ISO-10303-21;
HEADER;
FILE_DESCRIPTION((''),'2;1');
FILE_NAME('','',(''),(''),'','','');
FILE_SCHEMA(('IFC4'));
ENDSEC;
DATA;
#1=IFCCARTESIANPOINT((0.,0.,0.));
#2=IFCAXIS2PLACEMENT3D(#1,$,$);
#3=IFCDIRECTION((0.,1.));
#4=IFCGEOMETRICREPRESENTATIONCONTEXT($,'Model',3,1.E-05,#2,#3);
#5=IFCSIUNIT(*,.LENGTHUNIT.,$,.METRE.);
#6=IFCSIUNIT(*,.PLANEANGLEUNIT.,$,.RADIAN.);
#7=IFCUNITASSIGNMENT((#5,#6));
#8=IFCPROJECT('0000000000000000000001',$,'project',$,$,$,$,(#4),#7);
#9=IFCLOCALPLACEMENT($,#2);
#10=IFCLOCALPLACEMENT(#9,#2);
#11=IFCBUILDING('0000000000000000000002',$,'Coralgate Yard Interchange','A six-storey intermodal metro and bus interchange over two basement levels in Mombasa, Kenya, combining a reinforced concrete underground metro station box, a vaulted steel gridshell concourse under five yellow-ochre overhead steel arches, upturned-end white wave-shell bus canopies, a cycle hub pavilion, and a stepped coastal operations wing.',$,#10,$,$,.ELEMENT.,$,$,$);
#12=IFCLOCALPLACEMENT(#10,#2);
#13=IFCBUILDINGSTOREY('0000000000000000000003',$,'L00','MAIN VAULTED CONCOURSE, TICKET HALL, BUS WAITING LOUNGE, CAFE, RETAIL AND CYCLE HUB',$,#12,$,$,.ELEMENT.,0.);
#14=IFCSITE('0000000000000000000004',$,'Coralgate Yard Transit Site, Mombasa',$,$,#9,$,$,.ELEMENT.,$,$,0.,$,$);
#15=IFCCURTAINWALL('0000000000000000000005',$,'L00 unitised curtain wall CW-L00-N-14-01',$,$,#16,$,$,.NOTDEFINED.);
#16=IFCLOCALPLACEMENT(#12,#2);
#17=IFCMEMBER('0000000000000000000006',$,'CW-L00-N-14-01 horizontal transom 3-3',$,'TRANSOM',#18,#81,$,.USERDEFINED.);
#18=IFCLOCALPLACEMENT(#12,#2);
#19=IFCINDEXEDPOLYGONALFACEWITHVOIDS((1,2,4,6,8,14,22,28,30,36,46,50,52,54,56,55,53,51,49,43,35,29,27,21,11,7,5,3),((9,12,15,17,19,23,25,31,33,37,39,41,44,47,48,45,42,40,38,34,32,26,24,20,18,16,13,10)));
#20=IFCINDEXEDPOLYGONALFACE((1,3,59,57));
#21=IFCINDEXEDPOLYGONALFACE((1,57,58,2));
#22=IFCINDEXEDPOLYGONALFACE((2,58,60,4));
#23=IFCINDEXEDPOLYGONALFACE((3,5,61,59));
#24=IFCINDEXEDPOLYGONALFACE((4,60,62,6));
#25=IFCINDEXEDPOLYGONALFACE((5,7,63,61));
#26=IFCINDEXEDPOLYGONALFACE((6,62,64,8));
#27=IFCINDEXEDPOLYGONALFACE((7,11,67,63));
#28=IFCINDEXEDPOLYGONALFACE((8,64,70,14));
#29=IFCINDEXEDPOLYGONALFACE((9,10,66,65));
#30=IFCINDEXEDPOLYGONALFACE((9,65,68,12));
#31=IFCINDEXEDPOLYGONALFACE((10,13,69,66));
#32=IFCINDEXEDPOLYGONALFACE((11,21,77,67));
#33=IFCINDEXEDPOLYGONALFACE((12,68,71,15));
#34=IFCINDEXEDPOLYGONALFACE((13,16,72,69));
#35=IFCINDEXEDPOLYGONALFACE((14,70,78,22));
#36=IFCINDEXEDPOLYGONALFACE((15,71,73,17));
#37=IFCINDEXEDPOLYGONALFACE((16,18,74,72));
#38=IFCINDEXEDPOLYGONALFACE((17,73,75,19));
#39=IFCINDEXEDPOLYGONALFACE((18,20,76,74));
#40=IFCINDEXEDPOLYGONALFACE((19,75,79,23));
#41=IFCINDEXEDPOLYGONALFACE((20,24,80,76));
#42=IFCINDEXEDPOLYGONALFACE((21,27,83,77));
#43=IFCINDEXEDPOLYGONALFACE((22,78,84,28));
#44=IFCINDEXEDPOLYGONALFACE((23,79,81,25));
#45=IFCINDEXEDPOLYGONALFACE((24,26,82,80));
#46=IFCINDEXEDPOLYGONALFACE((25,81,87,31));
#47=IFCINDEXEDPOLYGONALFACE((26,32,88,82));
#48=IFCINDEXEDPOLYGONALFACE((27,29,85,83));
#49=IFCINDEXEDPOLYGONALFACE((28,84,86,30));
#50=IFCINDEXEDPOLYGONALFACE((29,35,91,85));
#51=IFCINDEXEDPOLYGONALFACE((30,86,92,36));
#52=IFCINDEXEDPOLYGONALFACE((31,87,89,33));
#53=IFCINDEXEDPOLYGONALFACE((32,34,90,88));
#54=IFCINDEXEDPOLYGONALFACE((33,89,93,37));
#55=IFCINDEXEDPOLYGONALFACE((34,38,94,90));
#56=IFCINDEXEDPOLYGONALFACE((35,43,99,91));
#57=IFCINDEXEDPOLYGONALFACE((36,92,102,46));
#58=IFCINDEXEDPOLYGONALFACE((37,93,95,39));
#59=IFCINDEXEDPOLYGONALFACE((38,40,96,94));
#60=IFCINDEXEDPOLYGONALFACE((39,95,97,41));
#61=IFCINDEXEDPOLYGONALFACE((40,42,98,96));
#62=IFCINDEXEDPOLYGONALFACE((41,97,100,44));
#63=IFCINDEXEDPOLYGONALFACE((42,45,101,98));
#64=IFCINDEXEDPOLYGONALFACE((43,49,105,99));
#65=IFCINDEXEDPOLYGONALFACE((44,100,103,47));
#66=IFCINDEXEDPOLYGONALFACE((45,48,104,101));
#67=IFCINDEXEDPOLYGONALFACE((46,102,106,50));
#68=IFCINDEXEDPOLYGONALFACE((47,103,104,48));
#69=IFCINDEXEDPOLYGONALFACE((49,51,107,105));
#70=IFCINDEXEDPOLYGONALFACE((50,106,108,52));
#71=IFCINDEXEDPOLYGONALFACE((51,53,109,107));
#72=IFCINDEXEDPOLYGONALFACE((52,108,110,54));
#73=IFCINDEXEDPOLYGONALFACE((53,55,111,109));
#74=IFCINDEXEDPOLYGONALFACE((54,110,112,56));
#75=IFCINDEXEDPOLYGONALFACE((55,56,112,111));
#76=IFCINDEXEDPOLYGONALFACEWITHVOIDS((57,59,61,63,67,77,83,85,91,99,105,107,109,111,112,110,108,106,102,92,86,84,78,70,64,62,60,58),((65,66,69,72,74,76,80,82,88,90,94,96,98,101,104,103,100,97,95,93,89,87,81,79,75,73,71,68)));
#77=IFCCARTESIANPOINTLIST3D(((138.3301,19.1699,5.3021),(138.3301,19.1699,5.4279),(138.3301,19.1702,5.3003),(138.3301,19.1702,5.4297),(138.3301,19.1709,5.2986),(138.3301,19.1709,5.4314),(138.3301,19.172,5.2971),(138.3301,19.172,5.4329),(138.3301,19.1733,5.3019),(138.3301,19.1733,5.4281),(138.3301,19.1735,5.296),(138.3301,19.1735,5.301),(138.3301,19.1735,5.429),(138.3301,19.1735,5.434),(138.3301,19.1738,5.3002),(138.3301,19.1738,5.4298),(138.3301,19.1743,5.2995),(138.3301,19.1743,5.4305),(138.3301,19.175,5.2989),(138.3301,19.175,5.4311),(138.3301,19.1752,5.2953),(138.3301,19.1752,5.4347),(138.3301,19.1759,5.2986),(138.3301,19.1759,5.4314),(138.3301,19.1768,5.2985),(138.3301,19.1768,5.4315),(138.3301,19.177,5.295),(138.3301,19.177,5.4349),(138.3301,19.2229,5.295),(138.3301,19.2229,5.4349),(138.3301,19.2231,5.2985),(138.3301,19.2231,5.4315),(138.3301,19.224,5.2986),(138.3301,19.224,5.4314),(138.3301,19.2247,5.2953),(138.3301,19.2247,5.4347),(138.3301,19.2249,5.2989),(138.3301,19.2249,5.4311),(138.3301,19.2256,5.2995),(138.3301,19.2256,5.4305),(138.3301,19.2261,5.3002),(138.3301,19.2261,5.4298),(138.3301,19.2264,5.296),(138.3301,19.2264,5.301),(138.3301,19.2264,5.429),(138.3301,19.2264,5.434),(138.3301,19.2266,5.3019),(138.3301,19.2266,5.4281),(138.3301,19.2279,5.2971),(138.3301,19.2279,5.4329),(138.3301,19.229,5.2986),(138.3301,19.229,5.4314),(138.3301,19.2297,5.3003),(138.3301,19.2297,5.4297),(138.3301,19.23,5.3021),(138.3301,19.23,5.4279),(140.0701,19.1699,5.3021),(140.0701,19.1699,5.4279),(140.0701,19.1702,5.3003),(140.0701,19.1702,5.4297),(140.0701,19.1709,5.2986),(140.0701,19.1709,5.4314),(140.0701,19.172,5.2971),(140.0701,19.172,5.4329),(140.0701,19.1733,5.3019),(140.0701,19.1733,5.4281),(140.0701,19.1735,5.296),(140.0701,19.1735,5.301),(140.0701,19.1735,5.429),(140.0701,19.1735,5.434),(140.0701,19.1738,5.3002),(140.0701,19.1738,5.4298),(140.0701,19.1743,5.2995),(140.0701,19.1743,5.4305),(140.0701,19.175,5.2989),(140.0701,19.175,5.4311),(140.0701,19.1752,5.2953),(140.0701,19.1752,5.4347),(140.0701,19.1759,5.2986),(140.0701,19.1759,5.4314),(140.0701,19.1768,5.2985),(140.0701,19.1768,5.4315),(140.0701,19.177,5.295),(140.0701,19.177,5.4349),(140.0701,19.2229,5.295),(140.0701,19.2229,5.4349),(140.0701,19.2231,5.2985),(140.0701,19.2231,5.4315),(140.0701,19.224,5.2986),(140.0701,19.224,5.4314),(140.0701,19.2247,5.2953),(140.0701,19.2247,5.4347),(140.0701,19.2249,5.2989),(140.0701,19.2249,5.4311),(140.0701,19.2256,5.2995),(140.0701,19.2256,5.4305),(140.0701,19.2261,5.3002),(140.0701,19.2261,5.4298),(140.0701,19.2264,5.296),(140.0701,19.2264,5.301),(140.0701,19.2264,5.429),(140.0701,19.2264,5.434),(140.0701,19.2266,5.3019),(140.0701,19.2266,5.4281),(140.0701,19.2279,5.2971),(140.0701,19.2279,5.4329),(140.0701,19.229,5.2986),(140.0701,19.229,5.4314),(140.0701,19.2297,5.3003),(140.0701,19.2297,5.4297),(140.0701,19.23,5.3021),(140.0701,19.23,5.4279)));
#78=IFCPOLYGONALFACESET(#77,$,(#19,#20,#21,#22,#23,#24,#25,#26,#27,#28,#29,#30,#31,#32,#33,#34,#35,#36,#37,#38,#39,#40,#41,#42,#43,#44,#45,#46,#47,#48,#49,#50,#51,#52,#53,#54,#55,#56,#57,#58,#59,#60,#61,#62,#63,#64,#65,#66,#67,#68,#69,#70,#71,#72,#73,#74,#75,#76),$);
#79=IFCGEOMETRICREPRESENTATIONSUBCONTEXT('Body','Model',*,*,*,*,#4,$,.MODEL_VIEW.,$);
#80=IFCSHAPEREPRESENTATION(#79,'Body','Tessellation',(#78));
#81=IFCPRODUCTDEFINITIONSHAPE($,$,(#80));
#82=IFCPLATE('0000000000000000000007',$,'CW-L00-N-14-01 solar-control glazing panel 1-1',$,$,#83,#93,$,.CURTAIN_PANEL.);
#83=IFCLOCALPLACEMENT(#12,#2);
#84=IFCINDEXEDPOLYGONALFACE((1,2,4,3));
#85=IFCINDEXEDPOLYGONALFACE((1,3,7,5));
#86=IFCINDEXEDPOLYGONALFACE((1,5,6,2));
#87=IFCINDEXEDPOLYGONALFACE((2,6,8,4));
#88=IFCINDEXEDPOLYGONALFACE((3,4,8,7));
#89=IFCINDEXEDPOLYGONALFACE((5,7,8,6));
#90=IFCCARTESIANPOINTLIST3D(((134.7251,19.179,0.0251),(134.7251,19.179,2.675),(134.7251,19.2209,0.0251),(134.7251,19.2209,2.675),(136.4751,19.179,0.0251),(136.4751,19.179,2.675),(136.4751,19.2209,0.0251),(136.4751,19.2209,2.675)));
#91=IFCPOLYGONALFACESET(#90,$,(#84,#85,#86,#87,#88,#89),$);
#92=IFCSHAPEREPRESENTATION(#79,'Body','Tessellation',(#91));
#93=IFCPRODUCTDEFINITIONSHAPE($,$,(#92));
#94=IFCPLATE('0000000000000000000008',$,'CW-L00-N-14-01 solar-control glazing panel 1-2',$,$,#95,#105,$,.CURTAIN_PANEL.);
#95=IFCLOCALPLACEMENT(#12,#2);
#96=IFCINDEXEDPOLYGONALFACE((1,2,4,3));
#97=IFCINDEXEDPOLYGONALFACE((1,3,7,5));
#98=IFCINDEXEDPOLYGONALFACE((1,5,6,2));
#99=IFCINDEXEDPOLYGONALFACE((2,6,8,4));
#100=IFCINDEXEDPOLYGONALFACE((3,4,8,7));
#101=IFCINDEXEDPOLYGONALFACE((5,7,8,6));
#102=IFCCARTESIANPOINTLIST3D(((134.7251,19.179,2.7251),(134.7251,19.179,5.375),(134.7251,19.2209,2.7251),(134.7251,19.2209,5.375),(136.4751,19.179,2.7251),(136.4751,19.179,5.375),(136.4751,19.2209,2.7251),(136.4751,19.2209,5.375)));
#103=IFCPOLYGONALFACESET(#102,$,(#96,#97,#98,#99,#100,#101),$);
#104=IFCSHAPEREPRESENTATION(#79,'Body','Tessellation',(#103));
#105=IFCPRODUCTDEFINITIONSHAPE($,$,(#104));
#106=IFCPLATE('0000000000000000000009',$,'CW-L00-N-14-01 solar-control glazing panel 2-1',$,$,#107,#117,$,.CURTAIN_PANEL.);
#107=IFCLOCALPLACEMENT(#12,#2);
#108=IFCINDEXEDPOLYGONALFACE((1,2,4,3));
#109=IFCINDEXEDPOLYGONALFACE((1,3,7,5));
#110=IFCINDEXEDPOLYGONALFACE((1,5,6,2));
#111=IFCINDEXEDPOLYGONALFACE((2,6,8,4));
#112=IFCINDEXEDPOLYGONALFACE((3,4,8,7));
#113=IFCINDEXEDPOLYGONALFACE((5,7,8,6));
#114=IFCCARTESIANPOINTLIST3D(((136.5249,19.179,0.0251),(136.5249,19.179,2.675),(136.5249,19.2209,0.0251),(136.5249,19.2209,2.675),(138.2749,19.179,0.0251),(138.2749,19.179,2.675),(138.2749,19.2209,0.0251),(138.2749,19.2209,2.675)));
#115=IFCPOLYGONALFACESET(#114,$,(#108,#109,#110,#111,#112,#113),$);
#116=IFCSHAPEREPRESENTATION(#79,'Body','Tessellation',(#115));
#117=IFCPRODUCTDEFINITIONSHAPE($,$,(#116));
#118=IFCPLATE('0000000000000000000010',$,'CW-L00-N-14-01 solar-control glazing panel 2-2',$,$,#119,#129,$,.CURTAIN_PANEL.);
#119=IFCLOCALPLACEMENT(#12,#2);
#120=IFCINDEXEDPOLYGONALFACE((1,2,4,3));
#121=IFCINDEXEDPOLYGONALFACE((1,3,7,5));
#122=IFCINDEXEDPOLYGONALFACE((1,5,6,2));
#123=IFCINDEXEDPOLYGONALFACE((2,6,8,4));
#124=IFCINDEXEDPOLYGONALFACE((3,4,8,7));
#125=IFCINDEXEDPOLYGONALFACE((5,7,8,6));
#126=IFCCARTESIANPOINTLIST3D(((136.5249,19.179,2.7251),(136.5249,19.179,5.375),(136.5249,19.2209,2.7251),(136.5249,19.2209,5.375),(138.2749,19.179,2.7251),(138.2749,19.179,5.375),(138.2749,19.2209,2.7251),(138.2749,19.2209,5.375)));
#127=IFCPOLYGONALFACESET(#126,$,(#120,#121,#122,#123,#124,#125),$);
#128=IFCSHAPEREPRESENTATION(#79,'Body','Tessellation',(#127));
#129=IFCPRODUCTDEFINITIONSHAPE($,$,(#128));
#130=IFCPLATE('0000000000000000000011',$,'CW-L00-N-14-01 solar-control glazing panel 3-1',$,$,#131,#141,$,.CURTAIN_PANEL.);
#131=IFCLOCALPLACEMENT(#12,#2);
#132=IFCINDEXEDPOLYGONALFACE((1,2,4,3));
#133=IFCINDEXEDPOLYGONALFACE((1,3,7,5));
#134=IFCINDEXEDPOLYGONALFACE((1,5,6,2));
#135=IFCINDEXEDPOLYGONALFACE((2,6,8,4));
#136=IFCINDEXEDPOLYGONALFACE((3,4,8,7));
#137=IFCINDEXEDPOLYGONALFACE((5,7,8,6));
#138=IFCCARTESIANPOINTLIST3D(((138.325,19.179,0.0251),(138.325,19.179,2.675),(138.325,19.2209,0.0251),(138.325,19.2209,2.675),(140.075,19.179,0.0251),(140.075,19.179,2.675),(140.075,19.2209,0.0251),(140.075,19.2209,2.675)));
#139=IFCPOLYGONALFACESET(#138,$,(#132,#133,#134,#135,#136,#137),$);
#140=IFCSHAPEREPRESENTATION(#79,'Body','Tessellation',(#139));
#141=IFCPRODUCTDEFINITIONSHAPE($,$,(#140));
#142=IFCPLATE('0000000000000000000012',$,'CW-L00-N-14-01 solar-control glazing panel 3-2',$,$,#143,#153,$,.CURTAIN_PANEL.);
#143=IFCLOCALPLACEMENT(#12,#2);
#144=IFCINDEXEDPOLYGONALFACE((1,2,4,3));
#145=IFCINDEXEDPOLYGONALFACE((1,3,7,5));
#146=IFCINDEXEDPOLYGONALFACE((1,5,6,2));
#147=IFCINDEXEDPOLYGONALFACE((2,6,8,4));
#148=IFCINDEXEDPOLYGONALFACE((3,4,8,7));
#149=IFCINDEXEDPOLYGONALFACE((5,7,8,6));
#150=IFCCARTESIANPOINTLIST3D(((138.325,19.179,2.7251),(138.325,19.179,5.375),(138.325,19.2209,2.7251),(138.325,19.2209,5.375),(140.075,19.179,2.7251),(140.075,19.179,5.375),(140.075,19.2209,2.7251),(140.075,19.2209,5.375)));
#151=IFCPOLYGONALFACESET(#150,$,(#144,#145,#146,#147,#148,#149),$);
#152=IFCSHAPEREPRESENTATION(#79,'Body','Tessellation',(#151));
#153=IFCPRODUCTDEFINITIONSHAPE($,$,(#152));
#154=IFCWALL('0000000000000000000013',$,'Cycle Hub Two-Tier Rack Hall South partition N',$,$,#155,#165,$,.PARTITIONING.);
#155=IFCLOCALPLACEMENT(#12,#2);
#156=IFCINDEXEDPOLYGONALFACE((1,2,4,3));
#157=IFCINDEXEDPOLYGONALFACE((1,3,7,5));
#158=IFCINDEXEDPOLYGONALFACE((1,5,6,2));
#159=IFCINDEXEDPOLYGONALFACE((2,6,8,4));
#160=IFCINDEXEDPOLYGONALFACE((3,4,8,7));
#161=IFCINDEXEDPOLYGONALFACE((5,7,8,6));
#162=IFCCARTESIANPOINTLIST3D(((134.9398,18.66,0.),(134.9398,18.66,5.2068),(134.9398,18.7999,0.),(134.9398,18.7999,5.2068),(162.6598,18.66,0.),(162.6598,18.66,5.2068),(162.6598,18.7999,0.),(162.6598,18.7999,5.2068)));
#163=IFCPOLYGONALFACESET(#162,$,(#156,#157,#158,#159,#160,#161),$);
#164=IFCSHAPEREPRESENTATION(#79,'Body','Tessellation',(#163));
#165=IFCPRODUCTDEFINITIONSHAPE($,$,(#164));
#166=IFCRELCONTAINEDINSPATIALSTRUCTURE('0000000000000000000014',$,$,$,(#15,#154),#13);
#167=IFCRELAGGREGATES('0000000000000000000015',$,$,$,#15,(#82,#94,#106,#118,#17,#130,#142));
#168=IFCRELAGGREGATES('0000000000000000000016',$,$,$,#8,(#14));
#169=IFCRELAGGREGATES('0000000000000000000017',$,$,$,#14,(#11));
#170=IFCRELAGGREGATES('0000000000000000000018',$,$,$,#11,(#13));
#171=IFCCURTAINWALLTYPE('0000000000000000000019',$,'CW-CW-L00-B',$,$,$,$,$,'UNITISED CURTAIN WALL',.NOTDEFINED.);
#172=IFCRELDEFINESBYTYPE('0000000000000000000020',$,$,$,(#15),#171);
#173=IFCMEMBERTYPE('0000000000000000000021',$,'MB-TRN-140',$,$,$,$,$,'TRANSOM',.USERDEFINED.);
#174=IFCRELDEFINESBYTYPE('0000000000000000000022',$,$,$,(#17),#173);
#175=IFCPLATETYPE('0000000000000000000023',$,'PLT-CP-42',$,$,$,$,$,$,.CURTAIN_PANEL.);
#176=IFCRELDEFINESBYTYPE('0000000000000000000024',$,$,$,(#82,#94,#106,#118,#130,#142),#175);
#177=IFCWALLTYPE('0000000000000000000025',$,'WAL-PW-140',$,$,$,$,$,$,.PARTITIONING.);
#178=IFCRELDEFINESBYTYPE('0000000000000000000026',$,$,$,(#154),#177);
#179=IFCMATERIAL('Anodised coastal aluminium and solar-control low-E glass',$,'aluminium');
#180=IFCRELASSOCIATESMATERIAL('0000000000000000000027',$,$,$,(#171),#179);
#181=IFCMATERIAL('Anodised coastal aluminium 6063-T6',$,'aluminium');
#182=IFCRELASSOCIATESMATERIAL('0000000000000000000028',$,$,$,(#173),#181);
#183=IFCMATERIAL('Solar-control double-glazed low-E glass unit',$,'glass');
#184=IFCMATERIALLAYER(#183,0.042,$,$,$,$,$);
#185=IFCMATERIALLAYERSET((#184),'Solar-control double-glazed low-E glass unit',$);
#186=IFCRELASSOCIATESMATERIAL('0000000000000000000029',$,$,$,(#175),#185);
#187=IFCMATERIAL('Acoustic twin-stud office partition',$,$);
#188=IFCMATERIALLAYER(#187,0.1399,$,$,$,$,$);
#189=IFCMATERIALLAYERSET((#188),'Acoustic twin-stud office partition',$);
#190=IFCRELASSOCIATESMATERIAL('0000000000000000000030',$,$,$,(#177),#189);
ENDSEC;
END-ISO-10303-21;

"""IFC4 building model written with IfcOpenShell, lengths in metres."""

from ifc_helpers import new_model, si_unit, direction, frame, frame_2d, origin, origin_2d, place, context, subcontext, project, spatial, rectangle, hollow_rectangle, extrude, material, layer, layer_set, material_profile, profile_set, type_object, element, aggregate, save


model = new_model("IFC4")

# Units and contexts
model_context = context("Model", 3, precision=1e-05, world=origin(), true_north=direction((0.0, 1.0)))
body_context = subcontext(model_context, "Body", "Model", "MODEL_VIEW")
ifc_project = project(units=[si_unit("LENGTHUNIT", "METRE"), si_unit("PLANEANGLEUNIT", "RADIAN")], contexts=[model_context])

# Site, building, storey
site_placement = place(None, origin())
site = spatial("IfcSite", under=ifc_project, at=site_placement, Name="Coralgate Yard Transit Site, Mombasa", CompositionType="ELEMENT", RefElevation=0.0)
building_placement = place(site_placement, origin())
building = spatial("IfcBuilding", under=site, at=building_placement, Name="Coralgate Yard Interchange", Description="A six-storey intermodal metro and bus interchange over two basement levels in Mombasa, Kenya, combining a reinforced concrete underground metro station box, a vaulted steel gridshell concourse under five yellow-ochre overhead steel arches, upturned-end white wave-shell bus canopies, a cycle hub pavilion, and a stepped coastal operations wing.", CompositionType="ELEMENT")
storey_placement = place(building_placement, origin())
storey = spatial("IfcBuildingStorey", under=building, at=storey_placement, Name="L00", Description="MAIN VAULTED CONCOURSE, TICKET HALL, BUS WAITING LOUNGE, CAFE, RETAIL AND CYCLE HUB", CompositionType="ELEMENT", Elevation=0.0)

# Shared definitions
ifc_material_1 = material(Name="Anodised coastal aluminium and solar-control low-E glass", Category="aluminium")
ifc_material_2 = material(Name="Anodised coastal aluminium 6063-T6", Category="aluminium")

# Curtain wall, member, plates
curtain_wall_type_1 = type_object("IfcCurtainWallType", Name="CW-CW-L00-B", ElementType="UNITISED CURTAIN WALL", PredefinedType="NOTDEFINED", material=ifc_material_1)
curtain_wall_1_placement = place(storey_placement, origin())
curtain_wall_1 = element("IfcCurtainWall", 1, at=curtain_wall_1_placement, inside=storey, type_object=curtain_wall_type_1, Name="L00 unitised curtain wall CW-L00-N-14-01", PredefinedType="NOTDEFINED")
ifc_material_profile_1 = material_profile(ifc_material_2, hollow_rectangle(XDim=0.0601, YDim=0.1399, WallThickness=0.0034, InnerFilletRadius=0.0034, OuterFilletRadius=0.0071, at=origin_2d()), Name="ALU 60x140x3.5")
ifc_profile_set_1 = profile_set([ifc_material_profile_1], Name="Anodised coastal aluminium 6063-T6")
member_type_1 = type_object("IfcMemberType", Name="MB-TRN-140", ElementType="TRANSOM", PredefinedType="USERDEFINED", material=ifc_profile_set_1)
member_1_placement = place(storey_placement, frame((138.3301, 19.2, 5.365), z_axis=(1.0, 0.0, 0.0), x_axis=(0.0, 1.0, 0.0)))
member_1 = element("IfcMember", 2, at=member_1_placement, type_object=member_type_1, Name="CW-L00-N-14-01 horizontal transom 3-3", ObjectType="TRANSOM", PredefinedType="USERDEFINED", context=body_context, shape_type="SweptSolid", body=[
    extrude(hollow_rectangle(XDim=0.0601, YDim=0.1399, WallThickness=0.0034, InnerFilletRadius=0.0034, OuterFilletRadius=0.0071, at=origin_2d()), origin(), (0.0, 0.0, 1.0), 1.74),
])
ifc_material_3 = material(Name="Solar-control double-glazed low-E glass unit", Category="glass")
ifc_layer_1 = layer(ifc_material_3, 0.042)
ifc_layer_set_1 = layer_set([ifc_layer_1], Name="Solar-control double-glazed low-E glass unit")
plate_type = type_object("IfcPlateType", Name="PLT-CP-42", PredefinedType="CURTAIN_PANEL", material=ifc_layer_set_1)
plate_1_placement = place(storey_placement, frame((135.6001, 19.2, 0.0251), z_axis=(0.0, 0.0, 1.0), x_axis=(1.0, 0.0, 0.0)))
plate_1 = element("IfcPlate", 3, at=plate_1_placement, type_object=plate_type, Name="CW-L00-N-14-01 solar-control glazing panel 1-1", PredefinedType="CURTAIN_PANEL", context=body_context, shape_type="SweptSolid", body=[
    extrude(rectangle(XDim=1.75, YDim=0.042, at=origin_2d()), origin(), (0.0, 0.0, 1.0), 2.6499),
])
plate_2_placement = place(storey_placement, frame((135.6001, 19.2, 2.7251), z_axis=(0.0, 0.0, 1.0), x_axis=(1.0, 0.0, 0.0)))
plate_2 = element("IfcPlate", 4, at=plate_2_placement, type_object=plate_type, Name="CW-L00-N-14-01 solar-control glazing panel 1-2", PredefinedType="CURTAIN_PANEL", context=body_context, shape_type="SweptSolid", body=[
    extrude(rectangle(XDim=1.75, YDim=0.042, at=origin_2d()), origin(), (0.0, 0.0, 1.0), 2.6499),
])
plate_3_placement = place(storey_placement, frame((137.3999, 19.2, 0.0251), z_axis=(0.0, 0.0, 1.0), x_axis=(1.0, 0.0, 0.0)))
plate_3 = element("IfcPlate", 5, at=plate_3_placement, type_object=plate_type, Name="CW-L00-N-14-01 solar-control glazing panel 2-1", PredefinedType="CURTAIN_PANEL", context=body_context, shape_type="SweptSolid", body=[
    extrude(rectangle(XDim=1.75, YDim=0.042, at=origin_2d()), origin(), (0.0, 0.0, 1.0), 2.6499),
])
plate_4_placement = place(storey_placement, frame((137.3999, 19.2, 2.7251), z_axis=(0.0, 0.0, 1.0), x_axis=(1.0, 0.0, 0.0)))
plate_4 = element("IfcPlate", 6, at=plate_4_placement, type_object=plate_type, Name="CW-L00-N-14-01 solar-control glazing panel 2-2", PredefinedType="CURTAIN_PANEL", context=body_context, shape_type="SweptSolid", body=[
    extrude(rectangle(XDim=1.75, YDim=0.042, at=origin_2d()), origin(), (0.0, 0.0, 1.0), 2.6499),
])
plate_5_placement = place(storey_placement, frame((139.2, 19.2, 0.0251), z_axis=(0.0, 0.0, 1.0), x_axis=(1.0, 0.0, 0.0)))
plate_5 = element("IfcPlate", 7, at=plate_5_placement, type_object=plate_type, Name="CW-L00-N-14-01 solar-control glazing panel 3-1", PredefinedType="CURTAIN_PANEL", context=body_context, shape_type="SweptSolid", body=[
    extrude(rectangle(XDim=1.75, YDim=0.042, at=origin_2d()), origin(), (0.0, 0.0, 1.0), 2.6499),
])
plate_6_placement = place(storey_placement, frame((139.2, 19.2, 2.7251), z_axis=(0.0, 0.0, 1.0), x_axis=(1.0, 0.0, 0.0)))
plate_6 = element("IfcPlate", 8, at=plate_6_placement, type_object=plate_type, Name="CW-L00-N-14-01 solar-control glazing panel 3-2", PredefinedType="CURTAIN_PANEL", context=body_context, shape_type="SweptSolid", body=[
    extrude(rectangle(XDim=1.75, YDim=0.042, at=origin_2d()), origin(), (0.0, 0.0, 1.0), 2.6499),
])
aggregate(curtain_wall_1, [plate_1, plate_2, plate_3, plate_4, member_1, plate_5, plate_6])

# Wall
ifc_material_4 = material(Name="Acoustic twin-stud office partition")
ifc_layer_2 = layer(ifc_material_4, 0.1399)
ifc_layer_set_2 = layer_set([ifc_layer_2], Name="Acoustic twin-stud office partition")
wall_type = type_object("IfcWallType", Name="WAL-PW-140", PredefinedType="PARTITIONING", material=ifc_layer_set_2)
wall_placement = place(storey_placement, frame((134.9399, 18.73, 0.0), z_axis=(0.0, 0.0, 1.0), x_axis=(1.0, 0.0, 0.0)))
element("IfcWall", 9, at=wall_placement, inside=storey, type_object=wall_type, Name="Cycle Hub Two-Tier Rack Hall South partition N", PredefinedType="PARTITIONING", context=body_context, shape_type="SweptSolid", body=[
    extrude(rectangle(XDim=27.72, YDim=0.1399, at=frame_2d((13.8599, 0.0))), origin(), (0.0, 0.0, 1.0), 5.2068),
])

save(model, "model.ifc")
